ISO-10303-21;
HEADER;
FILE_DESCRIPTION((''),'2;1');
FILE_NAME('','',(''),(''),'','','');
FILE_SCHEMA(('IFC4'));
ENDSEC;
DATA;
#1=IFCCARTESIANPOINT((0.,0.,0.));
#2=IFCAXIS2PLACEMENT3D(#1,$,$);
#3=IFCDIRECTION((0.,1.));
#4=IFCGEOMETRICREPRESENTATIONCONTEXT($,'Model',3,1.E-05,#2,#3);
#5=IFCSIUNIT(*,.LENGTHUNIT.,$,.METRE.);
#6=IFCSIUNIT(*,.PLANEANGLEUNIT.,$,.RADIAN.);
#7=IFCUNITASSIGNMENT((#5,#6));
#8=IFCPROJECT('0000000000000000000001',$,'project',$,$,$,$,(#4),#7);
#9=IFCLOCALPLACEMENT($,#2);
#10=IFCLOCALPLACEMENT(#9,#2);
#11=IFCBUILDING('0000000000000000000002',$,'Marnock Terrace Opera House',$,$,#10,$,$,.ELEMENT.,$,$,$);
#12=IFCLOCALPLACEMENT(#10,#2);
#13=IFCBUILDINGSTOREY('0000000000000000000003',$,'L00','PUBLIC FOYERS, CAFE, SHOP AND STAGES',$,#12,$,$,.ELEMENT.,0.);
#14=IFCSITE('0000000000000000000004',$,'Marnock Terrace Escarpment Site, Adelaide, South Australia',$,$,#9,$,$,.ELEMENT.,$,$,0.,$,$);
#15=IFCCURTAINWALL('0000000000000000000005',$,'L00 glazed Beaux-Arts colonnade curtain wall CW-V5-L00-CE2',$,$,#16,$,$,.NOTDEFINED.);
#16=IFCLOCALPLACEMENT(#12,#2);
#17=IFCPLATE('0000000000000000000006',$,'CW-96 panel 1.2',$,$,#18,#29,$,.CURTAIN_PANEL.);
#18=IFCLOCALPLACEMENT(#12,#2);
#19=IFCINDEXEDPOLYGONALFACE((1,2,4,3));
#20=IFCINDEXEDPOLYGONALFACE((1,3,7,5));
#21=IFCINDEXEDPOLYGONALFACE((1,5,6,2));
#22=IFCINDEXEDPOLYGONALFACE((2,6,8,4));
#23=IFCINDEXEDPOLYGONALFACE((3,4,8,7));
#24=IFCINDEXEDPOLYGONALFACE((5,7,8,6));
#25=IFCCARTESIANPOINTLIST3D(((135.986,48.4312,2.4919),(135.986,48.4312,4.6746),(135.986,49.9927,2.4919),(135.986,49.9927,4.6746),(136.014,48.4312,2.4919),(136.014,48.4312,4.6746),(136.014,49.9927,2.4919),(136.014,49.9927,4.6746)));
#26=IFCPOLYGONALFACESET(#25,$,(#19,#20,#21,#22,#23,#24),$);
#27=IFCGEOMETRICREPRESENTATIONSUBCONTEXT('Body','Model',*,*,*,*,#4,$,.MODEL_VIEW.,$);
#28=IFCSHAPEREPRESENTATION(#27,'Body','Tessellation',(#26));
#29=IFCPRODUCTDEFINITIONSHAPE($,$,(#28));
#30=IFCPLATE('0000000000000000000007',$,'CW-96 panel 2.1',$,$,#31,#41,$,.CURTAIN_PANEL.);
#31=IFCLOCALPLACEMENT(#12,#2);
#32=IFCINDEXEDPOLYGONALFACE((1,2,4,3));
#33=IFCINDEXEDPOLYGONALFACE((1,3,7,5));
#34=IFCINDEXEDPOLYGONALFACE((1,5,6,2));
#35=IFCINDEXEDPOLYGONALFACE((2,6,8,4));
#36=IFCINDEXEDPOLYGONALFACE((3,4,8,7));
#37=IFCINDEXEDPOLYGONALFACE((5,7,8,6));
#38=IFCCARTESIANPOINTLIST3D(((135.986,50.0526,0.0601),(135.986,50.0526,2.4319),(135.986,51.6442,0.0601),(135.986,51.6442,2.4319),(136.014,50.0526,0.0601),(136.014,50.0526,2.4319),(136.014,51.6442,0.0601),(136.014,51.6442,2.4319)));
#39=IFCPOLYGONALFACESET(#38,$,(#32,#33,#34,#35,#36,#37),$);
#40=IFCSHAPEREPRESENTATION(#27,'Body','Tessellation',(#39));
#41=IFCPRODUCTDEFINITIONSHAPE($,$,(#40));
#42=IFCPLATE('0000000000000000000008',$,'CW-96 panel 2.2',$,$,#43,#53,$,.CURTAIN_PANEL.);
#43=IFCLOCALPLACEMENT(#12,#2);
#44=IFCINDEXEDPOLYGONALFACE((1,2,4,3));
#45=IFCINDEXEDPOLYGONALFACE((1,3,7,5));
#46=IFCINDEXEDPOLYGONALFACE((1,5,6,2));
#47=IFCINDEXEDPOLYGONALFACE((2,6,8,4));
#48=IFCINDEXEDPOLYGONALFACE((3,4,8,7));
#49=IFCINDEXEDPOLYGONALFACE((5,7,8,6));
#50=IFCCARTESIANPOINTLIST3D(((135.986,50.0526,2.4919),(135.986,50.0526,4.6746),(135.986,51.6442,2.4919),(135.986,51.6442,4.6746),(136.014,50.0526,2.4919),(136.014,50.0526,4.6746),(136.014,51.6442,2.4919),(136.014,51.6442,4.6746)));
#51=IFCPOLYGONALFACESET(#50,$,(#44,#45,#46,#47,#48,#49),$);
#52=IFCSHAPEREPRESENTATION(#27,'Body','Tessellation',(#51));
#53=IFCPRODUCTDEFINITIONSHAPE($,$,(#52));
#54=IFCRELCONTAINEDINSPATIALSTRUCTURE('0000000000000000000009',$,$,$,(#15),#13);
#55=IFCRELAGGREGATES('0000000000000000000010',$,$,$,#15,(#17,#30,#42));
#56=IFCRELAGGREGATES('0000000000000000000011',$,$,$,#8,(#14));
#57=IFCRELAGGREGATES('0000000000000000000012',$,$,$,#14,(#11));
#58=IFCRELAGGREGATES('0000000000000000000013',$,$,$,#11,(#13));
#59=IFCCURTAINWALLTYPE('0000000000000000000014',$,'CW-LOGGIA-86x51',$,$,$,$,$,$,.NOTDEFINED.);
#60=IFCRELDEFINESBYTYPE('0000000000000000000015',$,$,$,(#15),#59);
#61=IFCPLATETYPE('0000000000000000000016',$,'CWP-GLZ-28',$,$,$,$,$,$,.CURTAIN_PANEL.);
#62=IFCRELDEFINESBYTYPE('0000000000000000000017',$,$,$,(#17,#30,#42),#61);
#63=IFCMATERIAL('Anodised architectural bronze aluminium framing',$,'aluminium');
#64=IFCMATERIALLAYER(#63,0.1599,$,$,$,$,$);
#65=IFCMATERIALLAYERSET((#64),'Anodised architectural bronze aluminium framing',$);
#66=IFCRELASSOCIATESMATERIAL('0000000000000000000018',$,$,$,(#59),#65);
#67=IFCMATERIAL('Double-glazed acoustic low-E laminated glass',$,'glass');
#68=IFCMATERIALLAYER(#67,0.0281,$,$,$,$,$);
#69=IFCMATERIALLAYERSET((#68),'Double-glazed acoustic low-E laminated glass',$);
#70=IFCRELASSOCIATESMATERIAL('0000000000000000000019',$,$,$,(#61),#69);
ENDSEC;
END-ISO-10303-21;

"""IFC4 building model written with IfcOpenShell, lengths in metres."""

from ifc_helpers import new_model, si_unit, direction, frame, origin, origin_2d, place, context, subcontext, project, spatial, rectangle, extrude, material, layer, layer_set, type_object, element, aggregate, save


model = new_model("IFC4")

# Units and contexts
model_context = context("Model", 3, precision=1e-05, world=origin(), true_north=direction((0.0, 1.0)))
body_context = subcontext(model_context, "Body", "Model", "MODEL_VIEW")
ifc_project = project(units=[si_unit("LENGTHUNIT", "METRE"), si_unit("PLANEANGLEUNIT", "RADIAN")], contexts=[model_context])

# Site, building, storey
site_placement = place(None, origin())
site = spatial("IfcSite", under=ifc_project, at=site_placement, Name="Marnock Terrace Escarpment Site, Adelaide, South Australia", CompositionType="ELEMENT", RefElevation=0.0)
building_placement = place(site_placement, origin())
building = spatial("IfcBuilding", under=site, at=building_placement, Name="Marnock Terrace Opera House", CompositionType="ELEMENT")
storey_placement = place(building_placement, origin())
storey = spatial("IfcBuildingStorey", under=building, at=storey_placement, Name="L00", Description="PUBLIC FOYERS, CAFE, SHOP AND STAGES", CompositionType="ELEMENT", Elevation=0.0)

# Curtain wall, plates
ifc_material_1 = material(Name="Anodised architectural bronze aluminium framing", Category="aluminium")
ifc_layer_1 = layer(ifc_material_1, 0.1599)
ifc_layer_set_1 = layer_set([ifc_layer_1], Name="Anodised architectural bronze aluminium framing")
curtain_wall_type = type_object("IfcCurtainWallType", Name="CW-LOGGIA-86x51", PredefinedType="NOTDEFINED", material=ifc_layer_set_1)
curtain_wall_placement = place(storey_placement, origin())
curtain_wall = element("IfcCurtainWall", 1, at=curtain_wall_placement, inside=storey, type_object=curtain_wall_type, Name="L00 glazed Beaux-Arts colonnade curtain wall CW-V5-L00-CE2", PredefinedType="NOTDEFINED")
ifc_material_2 = material(Name="Double-glazed acoustic low-E laminated glass", Category="glass")
ifc_layer_2 = layer(ifc_material_2, 0.0281)
ifc_layer_set_2 = layer_set([ifc_layer_2], Name="Double-glazed acoustic low-E laminated glass")
plate_type = type_object("IfcPlateType", Name="CWP-GLZ-28", PredefinedType="CURTAIN_PANEL", material=ifc_layer_set_2)
plate_1_placement = place(storey_placement, frame((136.0, 49.2119, 2.4919), z_axis=(0.0, 0.0, 1.0), x_axis=(0.0, 1.0, 0.0)))
plate_1 = element("IfcPlate", 2, at=plate_1_placement, type_object=plate_type, Name="CW-96 panel 1.2", PredefinedType="CURTAIN_PANEL", context=body_context, shape_type="SweptSolid", body=[
    extrude(rectangle(XDim=1.5615, YDim=0.0281, at=origin_2d()), origin(), (0.0, 0.0, 1.0), 2.1826),
])
plate_2_placement = place(storey_placement, frame((136.0, 50.8484, 0.0601), z_axis=(0.0, 0.0, 1.0), x_axis=(0.0, 1.0, 0.0)))
plate_2 = element("IfcPlate", 3, at=plate_2_placement, type_object=plate_type, Name="CW-96 panel 2.1", PredefinedType="CURTAIN_PANEL", context=body_context, shape_type="SweptSolid", body=[
    extrude(rectangle(XDim=1.5916, YDim=0.0281, at=origin_2d()), origin(), (0.0, 0.0, 1.0), 2.3718),
])
plate_3_placement = place(storey_placement, frame((136.0, 50.8484, 2.4919), z_axis=(0.0, 0.0, 1.0), x_axis=(0.0, 1.0, 0.0)))
plate_3 = element("IfcPlate", 4, at=plate_3_placement, type_object=plate_type, Name="CW-96 panel 2.2", PredefinedType="CURTAIN_PANEL", context=body_context, shape_type="SweptSolid", body=[
    extrude(rectangle(XDim=1.5916, YDim=0.0281, at=origin_2d()), origin(), (0.0, 0.0, 1.0), 2.1826),
])
aggregate(curtain_wall, [plate_1, plate_2, plate_3])

save(model, "model.ifc")
